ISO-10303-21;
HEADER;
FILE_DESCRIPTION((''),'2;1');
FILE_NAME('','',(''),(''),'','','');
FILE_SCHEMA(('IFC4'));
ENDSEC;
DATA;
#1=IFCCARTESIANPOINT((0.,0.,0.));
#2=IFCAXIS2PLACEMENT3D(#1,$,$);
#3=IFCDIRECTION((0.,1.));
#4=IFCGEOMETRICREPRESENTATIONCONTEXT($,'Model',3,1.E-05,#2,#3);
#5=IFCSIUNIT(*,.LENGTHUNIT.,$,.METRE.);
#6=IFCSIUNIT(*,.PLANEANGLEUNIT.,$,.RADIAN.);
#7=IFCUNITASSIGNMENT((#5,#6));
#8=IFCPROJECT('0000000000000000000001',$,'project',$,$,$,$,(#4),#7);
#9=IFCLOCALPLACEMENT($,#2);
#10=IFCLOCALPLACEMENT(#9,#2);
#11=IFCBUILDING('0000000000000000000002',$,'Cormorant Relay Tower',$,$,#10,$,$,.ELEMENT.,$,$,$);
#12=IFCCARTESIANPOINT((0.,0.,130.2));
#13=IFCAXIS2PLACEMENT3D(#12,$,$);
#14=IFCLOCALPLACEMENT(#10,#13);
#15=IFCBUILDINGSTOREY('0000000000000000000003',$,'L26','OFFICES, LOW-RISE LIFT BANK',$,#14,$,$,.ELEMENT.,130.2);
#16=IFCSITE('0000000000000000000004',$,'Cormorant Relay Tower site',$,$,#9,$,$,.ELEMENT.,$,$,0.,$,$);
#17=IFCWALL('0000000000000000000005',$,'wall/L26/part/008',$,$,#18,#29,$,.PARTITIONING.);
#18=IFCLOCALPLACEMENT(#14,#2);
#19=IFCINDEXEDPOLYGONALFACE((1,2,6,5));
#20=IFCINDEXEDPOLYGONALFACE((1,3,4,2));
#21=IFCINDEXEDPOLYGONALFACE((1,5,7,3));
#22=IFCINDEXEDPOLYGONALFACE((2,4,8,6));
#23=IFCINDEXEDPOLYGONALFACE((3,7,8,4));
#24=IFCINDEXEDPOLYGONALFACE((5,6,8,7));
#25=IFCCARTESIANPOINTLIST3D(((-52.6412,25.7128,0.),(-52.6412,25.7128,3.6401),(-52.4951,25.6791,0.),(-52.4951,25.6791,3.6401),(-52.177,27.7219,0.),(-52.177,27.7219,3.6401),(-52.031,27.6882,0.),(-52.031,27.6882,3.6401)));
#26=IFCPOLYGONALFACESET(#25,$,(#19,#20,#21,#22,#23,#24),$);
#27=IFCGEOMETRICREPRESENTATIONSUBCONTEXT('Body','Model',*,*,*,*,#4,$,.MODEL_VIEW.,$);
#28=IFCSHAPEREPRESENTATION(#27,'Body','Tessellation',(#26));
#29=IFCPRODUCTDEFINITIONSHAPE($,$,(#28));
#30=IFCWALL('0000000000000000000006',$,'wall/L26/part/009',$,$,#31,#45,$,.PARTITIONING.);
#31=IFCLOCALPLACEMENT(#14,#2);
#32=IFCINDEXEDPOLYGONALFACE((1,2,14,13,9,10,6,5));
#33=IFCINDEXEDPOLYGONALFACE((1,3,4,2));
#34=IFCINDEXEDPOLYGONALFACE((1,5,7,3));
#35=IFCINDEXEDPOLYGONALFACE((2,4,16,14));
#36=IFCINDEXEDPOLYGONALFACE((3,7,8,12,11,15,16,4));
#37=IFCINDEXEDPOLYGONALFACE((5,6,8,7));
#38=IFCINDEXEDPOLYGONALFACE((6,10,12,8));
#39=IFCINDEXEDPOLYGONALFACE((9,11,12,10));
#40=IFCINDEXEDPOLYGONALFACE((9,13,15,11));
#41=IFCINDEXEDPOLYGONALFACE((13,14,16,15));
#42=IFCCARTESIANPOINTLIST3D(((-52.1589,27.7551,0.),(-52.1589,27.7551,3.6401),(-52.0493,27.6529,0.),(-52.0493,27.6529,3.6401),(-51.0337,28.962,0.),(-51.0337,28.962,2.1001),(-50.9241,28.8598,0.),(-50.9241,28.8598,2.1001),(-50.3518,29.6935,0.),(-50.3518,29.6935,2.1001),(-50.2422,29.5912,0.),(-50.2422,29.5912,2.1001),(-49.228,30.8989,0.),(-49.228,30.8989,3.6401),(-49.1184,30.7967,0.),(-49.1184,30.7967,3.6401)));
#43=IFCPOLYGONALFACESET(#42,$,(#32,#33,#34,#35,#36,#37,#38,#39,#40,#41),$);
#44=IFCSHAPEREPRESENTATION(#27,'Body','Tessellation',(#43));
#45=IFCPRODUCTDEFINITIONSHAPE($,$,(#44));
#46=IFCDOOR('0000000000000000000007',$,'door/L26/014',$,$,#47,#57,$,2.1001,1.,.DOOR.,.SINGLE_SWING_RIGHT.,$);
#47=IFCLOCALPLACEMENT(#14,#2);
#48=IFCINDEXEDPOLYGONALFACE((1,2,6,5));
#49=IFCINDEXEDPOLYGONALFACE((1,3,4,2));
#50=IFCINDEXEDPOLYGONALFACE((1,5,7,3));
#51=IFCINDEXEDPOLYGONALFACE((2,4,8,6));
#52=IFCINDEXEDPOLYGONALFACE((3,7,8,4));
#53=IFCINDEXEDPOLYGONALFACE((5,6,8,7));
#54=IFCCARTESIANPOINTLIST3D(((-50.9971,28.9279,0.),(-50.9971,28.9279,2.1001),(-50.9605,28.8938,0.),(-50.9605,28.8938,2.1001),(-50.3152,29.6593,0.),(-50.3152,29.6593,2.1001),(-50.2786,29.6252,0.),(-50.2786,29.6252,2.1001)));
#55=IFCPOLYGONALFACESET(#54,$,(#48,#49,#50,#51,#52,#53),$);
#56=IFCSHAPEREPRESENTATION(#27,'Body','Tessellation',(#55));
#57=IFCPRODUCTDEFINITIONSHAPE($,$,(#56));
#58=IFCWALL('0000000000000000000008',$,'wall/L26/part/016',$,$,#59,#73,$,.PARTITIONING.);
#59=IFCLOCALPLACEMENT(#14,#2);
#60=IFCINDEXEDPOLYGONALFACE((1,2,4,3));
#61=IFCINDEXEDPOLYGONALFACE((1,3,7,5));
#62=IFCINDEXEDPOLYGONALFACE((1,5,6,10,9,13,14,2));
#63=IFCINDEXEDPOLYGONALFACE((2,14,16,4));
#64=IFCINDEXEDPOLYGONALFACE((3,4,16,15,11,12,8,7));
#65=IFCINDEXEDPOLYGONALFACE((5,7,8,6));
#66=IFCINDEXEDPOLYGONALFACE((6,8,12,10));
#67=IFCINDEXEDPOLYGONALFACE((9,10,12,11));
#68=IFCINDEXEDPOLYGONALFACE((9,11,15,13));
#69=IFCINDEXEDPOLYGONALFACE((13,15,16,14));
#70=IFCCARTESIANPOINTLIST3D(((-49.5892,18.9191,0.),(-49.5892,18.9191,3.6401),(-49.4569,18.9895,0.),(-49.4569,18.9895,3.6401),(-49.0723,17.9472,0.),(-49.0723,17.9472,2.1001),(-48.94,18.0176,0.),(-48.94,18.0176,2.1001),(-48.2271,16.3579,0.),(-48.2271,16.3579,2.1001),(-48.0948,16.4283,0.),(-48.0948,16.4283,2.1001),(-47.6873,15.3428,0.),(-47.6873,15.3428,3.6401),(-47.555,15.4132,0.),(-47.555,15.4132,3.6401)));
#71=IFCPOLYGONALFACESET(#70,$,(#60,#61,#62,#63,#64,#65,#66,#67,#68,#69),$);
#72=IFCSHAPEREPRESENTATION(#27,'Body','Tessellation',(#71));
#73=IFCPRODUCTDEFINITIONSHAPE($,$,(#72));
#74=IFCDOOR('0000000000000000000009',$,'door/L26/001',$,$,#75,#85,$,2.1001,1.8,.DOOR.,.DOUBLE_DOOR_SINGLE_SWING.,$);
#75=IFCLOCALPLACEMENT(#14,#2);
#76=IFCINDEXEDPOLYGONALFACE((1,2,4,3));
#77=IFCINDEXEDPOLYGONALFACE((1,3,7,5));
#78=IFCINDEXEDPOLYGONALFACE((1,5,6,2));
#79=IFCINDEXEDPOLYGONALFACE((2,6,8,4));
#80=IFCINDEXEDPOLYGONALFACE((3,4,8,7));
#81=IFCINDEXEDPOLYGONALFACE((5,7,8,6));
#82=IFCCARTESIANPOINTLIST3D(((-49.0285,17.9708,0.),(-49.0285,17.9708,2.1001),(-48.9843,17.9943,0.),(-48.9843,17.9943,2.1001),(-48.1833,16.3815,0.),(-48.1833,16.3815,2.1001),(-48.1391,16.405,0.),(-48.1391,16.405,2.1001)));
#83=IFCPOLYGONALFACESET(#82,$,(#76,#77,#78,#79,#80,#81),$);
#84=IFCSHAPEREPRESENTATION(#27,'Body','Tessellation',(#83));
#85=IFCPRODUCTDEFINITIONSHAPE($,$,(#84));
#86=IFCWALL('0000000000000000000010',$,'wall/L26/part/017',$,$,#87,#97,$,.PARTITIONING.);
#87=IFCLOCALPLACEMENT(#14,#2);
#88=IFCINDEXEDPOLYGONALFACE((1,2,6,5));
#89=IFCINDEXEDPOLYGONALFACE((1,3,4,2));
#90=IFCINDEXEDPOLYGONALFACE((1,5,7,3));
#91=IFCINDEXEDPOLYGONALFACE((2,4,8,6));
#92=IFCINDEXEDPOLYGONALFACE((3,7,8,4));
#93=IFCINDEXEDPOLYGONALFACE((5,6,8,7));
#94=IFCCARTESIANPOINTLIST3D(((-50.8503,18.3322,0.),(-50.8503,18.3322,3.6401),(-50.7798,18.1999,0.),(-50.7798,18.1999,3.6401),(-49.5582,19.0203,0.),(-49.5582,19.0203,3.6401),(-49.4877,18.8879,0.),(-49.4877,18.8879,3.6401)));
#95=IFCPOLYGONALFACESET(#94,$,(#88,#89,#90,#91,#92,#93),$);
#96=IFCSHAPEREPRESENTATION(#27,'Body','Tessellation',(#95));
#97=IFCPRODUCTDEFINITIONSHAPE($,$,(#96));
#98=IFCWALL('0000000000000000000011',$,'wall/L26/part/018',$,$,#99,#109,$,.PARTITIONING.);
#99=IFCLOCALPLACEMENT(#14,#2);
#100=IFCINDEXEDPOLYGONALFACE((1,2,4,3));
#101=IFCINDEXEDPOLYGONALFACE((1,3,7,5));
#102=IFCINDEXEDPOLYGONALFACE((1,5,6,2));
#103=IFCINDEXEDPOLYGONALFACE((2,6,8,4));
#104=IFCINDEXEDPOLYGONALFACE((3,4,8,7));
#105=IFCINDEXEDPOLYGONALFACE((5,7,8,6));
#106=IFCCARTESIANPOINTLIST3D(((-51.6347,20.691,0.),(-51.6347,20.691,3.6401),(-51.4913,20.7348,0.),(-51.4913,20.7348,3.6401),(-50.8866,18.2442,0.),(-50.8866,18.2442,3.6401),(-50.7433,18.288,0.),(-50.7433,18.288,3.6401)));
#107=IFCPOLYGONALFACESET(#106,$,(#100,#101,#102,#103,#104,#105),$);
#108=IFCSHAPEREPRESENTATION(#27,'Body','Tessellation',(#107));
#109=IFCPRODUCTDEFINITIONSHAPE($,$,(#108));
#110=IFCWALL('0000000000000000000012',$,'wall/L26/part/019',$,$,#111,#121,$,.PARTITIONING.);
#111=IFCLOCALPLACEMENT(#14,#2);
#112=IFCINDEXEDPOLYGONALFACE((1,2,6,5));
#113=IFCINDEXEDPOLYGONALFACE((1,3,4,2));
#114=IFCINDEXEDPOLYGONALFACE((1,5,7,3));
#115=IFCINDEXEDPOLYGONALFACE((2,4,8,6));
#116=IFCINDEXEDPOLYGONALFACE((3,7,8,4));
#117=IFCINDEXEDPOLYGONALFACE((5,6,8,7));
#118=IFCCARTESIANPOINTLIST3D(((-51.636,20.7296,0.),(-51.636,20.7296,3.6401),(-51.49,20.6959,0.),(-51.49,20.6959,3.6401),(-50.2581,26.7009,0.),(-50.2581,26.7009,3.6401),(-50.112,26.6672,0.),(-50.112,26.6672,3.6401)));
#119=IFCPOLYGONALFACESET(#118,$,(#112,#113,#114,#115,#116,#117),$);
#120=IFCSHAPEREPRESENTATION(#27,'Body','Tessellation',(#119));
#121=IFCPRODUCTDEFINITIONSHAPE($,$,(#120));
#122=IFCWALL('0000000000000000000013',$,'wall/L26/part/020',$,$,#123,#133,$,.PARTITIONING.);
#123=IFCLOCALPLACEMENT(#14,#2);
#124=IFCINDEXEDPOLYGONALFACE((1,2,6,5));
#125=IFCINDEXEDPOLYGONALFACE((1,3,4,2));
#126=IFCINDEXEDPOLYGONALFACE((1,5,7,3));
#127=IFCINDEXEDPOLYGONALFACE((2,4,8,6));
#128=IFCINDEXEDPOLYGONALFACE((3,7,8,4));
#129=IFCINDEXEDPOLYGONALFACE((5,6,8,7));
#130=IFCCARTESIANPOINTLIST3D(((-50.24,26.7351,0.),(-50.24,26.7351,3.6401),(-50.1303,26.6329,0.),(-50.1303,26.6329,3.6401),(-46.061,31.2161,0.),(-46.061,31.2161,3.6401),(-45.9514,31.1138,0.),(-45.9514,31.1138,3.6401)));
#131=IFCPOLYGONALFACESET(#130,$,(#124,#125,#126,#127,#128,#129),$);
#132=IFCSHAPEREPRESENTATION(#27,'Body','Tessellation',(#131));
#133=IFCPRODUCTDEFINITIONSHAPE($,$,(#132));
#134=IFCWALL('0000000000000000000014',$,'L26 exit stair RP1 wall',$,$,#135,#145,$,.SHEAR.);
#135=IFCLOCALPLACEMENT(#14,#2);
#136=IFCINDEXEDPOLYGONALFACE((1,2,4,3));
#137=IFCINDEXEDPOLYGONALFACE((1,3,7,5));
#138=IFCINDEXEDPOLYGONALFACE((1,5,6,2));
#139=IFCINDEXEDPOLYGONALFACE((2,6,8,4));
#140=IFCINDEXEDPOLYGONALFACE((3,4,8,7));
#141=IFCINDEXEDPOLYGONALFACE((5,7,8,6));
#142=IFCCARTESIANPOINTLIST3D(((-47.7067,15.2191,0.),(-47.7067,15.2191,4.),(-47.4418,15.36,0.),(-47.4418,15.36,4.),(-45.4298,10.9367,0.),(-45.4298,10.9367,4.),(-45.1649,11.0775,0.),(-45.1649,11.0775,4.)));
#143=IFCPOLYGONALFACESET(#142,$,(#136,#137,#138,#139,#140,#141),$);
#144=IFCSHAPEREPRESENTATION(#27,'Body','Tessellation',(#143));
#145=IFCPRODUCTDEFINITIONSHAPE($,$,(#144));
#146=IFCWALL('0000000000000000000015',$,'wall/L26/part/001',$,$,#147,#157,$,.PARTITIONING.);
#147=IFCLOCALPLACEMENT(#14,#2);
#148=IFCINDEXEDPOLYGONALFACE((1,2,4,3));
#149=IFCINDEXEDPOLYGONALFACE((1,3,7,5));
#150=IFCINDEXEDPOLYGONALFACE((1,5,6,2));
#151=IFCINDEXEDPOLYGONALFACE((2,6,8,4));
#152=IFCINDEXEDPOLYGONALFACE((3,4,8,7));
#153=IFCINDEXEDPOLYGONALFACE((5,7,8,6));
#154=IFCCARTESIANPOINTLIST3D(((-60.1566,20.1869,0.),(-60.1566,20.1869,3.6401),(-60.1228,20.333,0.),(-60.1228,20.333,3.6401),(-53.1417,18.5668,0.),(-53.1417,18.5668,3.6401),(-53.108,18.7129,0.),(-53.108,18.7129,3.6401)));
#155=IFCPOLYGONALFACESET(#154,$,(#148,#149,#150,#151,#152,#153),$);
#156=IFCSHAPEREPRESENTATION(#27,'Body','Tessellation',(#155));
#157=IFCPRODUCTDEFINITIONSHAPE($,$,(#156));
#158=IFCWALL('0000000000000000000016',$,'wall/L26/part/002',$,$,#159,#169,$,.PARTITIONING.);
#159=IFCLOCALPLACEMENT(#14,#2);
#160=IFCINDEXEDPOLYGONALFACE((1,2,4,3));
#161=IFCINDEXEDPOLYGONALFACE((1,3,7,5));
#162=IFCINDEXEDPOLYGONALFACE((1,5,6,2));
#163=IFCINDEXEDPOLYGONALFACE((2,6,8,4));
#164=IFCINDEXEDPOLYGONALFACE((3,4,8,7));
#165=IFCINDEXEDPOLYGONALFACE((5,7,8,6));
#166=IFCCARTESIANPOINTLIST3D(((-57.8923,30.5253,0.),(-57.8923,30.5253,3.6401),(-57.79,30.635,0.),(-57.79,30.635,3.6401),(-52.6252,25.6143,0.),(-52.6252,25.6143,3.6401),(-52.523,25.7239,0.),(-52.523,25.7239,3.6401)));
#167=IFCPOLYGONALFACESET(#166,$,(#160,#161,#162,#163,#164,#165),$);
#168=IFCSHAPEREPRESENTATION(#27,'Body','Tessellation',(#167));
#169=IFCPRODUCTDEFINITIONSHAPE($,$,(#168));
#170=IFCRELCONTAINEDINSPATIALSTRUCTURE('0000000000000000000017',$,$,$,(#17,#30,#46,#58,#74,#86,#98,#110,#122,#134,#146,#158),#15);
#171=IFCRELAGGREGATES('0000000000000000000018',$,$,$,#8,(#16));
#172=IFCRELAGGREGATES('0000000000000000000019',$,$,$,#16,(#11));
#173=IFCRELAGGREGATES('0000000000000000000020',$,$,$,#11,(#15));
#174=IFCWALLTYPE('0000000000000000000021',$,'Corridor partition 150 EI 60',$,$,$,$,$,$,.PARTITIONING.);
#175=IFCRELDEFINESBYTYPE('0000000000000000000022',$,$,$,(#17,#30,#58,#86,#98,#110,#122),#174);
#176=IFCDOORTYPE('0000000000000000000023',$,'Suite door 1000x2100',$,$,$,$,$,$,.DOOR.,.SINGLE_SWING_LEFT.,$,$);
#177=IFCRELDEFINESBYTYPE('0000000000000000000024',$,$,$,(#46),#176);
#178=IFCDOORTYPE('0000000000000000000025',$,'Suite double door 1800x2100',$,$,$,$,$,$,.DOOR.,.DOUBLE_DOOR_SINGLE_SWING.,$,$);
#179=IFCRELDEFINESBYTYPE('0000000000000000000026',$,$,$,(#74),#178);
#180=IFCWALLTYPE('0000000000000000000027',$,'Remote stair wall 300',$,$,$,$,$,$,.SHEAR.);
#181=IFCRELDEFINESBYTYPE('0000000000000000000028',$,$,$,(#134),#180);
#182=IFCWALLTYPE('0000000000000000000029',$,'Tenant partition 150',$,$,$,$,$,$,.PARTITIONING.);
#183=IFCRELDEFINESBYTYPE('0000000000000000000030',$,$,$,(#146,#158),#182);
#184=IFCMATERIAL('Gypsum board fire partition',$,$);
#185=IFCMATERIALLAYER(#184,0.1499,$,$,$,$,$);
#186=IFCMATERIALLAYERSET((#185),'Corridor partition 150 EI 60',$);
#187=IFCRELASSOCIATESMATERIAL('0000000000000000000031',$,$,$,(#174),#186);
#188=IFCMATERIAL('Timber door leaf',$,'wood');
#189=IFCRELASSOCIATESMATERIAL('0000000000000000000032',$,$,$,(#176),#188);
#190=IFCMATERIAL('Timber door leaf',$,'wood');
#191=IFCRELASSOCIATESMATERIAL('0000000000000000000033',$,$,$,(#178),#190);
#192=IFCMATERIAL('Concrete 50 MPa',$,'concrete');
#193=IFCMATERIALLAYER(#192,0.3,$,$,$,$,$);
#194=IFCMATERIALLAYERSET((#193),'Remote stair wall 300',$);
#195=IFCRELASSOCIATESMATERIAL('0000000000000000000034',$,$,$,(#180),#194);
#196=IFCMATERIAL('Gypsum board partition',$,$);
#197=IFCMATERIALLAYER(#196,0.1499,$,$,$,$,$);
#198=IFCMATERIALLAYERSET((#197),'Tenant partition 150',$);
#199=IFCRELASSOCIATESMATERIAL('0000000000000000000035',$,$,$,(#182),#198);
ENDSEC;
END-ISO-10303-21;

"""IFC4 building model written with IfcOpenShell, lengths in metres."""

from ifc_helpers import new_model, si_unit, direction, frame, frame_2d, origin, place, context, subcontext, project, spatial, rectangle, extrude, material, layer, layer_set, type_object, element, fill, save


model = new_model("IFC4")

# Units and contexts
model_context = context("Model", 3, precision=1e-05, world=origin(), true_north=direction((0.0, 1.0)))
body_context = subcontext(model_context, "Body", "Model", "MODEL_VIEW")
ifc_project = project(units=[si_unit("LENGTHUNIT", "METRE"), si_unit("PLANEANGLEUNIT", "RADIAN")], contexts=[model_context])

# Site, building, storey
site_placement = place(None, origin())
site = spatial("IfcSite", under=ifc_project, at=site_placement, Name="Cormorant Relay Tower site", CompositionType="ELEMENT", RefElevation=0.0)
building_placement = place(site_placement, origin())
building = spatial("IfcBuilding", under=site, at=building_placement, Name="Cormorant Relay Tower", CompositionType="ELEMENT")
storey_placement = place(building_placement, frame((0.0, 0.0, 130.2)))
storey = spatial("IfcBuildingStorey", under=building, at=storey_placement, Name="L26", Description="OFFICES, LOW-RISE LIFT BANK", CompositionType="ELEMENT", Elevation=130.2)

# Shared definitions
ifc_material_1 = material(Name="Gypsum board fire partition")
ifc_layer_1 = layer(ifc_material_1, 0.1499)
ifc_layer_set_1 = layer_set([ifc_layer_1], Name="Corridor partition 150 EI 60")
wall_type_1 = type_object("IfcWallType", Name="Corridor partition 150 EI 60", PredefinedType="PARTITIONING", material=ifc_layer_set_1)
ifc_material_2 = material(Name="Timber door leaf", Category="wood")
door_type_1 = type_object("IfcDoorType", Name="Suite door 1000x2100", OperationType="SINGLE_SWING_LEFT", PredefinedType="DOOR", material=ifc_material_2)

# Wall
wall_1_placement = place(storey_placement, frame((-52.104, 27.7051, 0.0), z_axis=(0.0, 0.0, 1.0), x_axis=(-0.225084, -0.974339, 0.0)))
element("IfcWall", 1, at=wall_1_placement, inside=storey, type_object=wall_type_1, Name="wall/L26/part/008", PredefinedType="PARTITIONING", context=body_context, shape_type="SweptSolid", body=[
    extrude(rectangle(XDim=2.062, YDim=0.1499, at=frame_2d((1.031, 0.0))), origin(), (0.0, 0.0, 1.0), 3.6401),
])

# Walls, openings, doors
wall_2_placement = place(storey_placement, frame((-52.104, 27.7041, 0.0), z_axis=(0.0, 0.0, 1.0), x_axis=(0.681907, 0.731439, 0.0)))
wall_2 = element("IfcWall", 2, at=wall_2_placement, inside=storey, type_object=wall_type_1, Name="wall/L26/part/009", PredefinedType="PARTITIONING", context=body_context, shape_type="SweptSolid", body=[
    extrude(rectangle(XDim=4.2981, YDim=0.1499, at=frame_2d((2.1489, 0.0))), origin(), (0.0, 0.0, 1.0), 3.6401),
])
opening_1_placement = place(wall_2_placement, frame((1.6499, 0.0, 0.0)))
opening_1 = element("IfcOpeningElement", 3, at=opening_1_placement, cuts=wall_2, PredefinedType="OPENING", context=body_context, shape_type="SweptSolid", body=[
    extrude(rectangle(XDim=1.0, YDim=2.1001, at=frame_2d((0.5, 1.05))), frame((0.0, 0.085, 0.0), z_axis=(0.0, -1.0, 0.0), x_axis=(1.0, 0.0, 0.0)), (0.0, 0.0, 1.0), 0.1699),
])
door_1_placement = place(opening_1_placement, origin())
door_1 = element("IfcDoor", 4, at=door_1_placement, inside=storey, type_object=door_type_1, Name="door/L26/014", OperationType="SINGLE_SWING_RIGHT", OverallHeight=2.1001, OverallWidth=1.0, PredefinedType="DOOR", context=body_context, shape_type="SweptSolid", body=[
    extrude(rectangle(XDim=1.0, YDim=2.1001, at=frame_2d((0.5, 1.05))), frame((0.0, 0.0249, 0.0), z_axis=(0.0, -1.0, 0.0), x_axis=(1.0, 0.0, 0.0)), (0.0, 0.0, 1.0), 0.05),
])
fill(opening_1, door_1)
wall_3_placement = place(storey_placement, frame((-47.6211, 15.3779, 0.0), z_axis=(0.0, 0.0, 1.0), x_axis=(-0.469543, 0.88291, 0.0)))
wall_3 = element("IfcWall", 5, at=wall_3_placement, inside=storey, type_object=wall_type_1, Name="wall/L26/part/016", PredefinedType="PARTITIONING", context=body_context, shape_type="SweptSolid", body=[
    extrude(rectangle(XDim=4.0505, YDim=0.1499, at=frame_2d((2.0254, 0.0))), origin(), (0.0, 0.0, 1.0), 3.6401),
])
opening_2_placement = place(wall_3_placement, frame((1.1499, 0.0, 0.0)))
opening_2 = element("IfcOpeningElement", 6, at=opening_2_placement, cuts=wall_3, PredefinedType="OPENING", context=body_context, shape_type="SweptSolid", body=[
    extrude(rectangle(XDim=1.8, YDim=2.1001, at=frame_2d((0.8999, 1.05))), frame((0.0, 0.085, 0.0), z_axis=(0.0, -1.0, 0.0), x_axis=(1.0, 0.0, 0.0)), (0.0, 0.0, 1.0), 0.1699),
])
ifc_material_3 = material(Name="Timber door leaf", Category="wood")
door_type_2 = type_object("IfcDoorType", Name="Suite double door 1800x2100", OperationType="DOUBLE_DOOR_SINGLE_SWING", PredefinedType="DOOR", material=ifc_material_3)
door_2_placement = place(opening_2_placement, frame((1.8, 0.0, 0.0), z_axis=(0.0, 0.0, 1.0), x_axis=(-1.0, 0.0, 0.0)))
door_2 = element("IfcDoor", 7, at=door_2_placement, inside=storey, type_object=door_type_2, Name="door/L26/001", OperationType="DOUBLE_DOOR_SINGLE_SWING", OverallHeight=2.1001, OverallWidth=1.8, PredefinedType="DOOR", context=body_context, shape_type="SweptSolid", body=[
    extrude(rectangle(XDim=1.8, YDim=2.1001, at=frame_2d((0.8999, 1.05))), frame((0.0, 0.0249, 0.0), z_axis=(0.0, -1.0, 0.0), x_axis=(1.0, 0.0, 0.0)), (0.0, 0.0, 1.0), 0.05),
])
fill(opening_2, door_2)

# Walls
wall_4_placement = place(storey_placement, frame((-49.5229, 18.9541, 0.0), z_axis=(0.0, 0.0, 1.0), x_axis=(-0.882657, -0.470017, 0.0)))
element("IfcWall", 8, at=wall_4_placement, inside=storey, type_object=wall_type_1, Name="wall/L26/part/017", PredefinedType="PARTITIONING", context=body_context, shape_type="SweptSolid", body=[
    extrude(rectangle(XDim=1.4639, YDim=0.1499, at=frame_2d((0.7319, 0.0))), origin(), (0.0, 0.0, 1.0), 3.6401),
])
wall_5_placement = place(storey_placement, frame((-50.8149, 18.2661, 0.0), z_axis=(0.0, 0.0, 1.0), x_axis=(-0.292369, 0.956306, 0.0)))
element("IfcWall", 9, at=wall_5_placement, inside=storey, type_object=wall_type_1, Name="wall/L26/part/018", PredefinedType="PARTITIONING", context=body_context, shape_type="SweptSolid", body=[
    extrude(rectangle(XDim=2.5586, YDim=0.1499, at=frame_2d((1.2793, 0.0))), origin(), (0.0, 0.0, 1.0), 3.6401),
])
wall_6_placement = place(storey_placement, frame((-51.563, 20.7129, 0.0), z_axis=(0.0, 0.0, 1.0), x_axis=(0.224854, 0.974393, 0.0)))
element("IfcWall", 10, at=wall_6_placement, inside=storey, type_object=wall_type_1, Name="wall/L26/part/019", PredefinedType="PARTITIONING", context=body_context, shape_type="SweptSolid", body=[
    extrude(rectangle(XDim=6.1282, YDim=0.1499, at=frame_2d((3.064, 0.0))), origin(), (0.0, 0.0, 1.0), 3.6401),
])
wall_7_placement = place(storey_placement, frame((-50.1851, 26.6841, 0.0), z_axis=(0.0, 0.0, 1.0), x_axis=(0.682033, 0.731322, 0.0)))
element("IfcWall", 11, at=wall_7_placement, inside=storey, type_object=wall_type_1, Name="wall/L26/part/020", PredefinedType="PARTITIONING", context=body_context, shape_type="SweptSolid", body=[
    extrude(rectangle(XDim=6.1272, YDim=0.1499, at=frame_2d((3.0635, 0.0))), origin(), (0.0, 0.0, 1.0), 3.6401),
])
ifc_material_4 = material(Name="Concrete 50 MPa", Category="concrete")
ifc_layer_2 = layer(ifc_material_4, 0.3)
ifc_layer_set_2 = layer_set([ifc_layer_2], Name="Remote stair wall 300")
wall_type_2 = type_object("IfcWallType", Name="Remote stair wall 300", PredefinedType="SHEAR", material=ifc_layer_set_2)
wall_8_placement = place(storey_placement, frame((-47.5742, 15.2896, 0.0), z_axis=(0.0, 0.0, 1.0), x_axis=(0.469443, -0.882963, 0.0)))
element("IfcWall", 12, at=wall_8_placement, inside=storey, type_object=wall_type_2, Name="L26 exit stair RP1 wall", PredefinedType="SHEAR", context=body_context, shape_type="SweptSolid", body=[
    extrude(rectangle(XDim=4.8501, YDim=0.3, at=frame_2d((2.425, 0.0))), origin(), (0.0, 0.0, 1.0), 4.0),
])
ifc_material_5 = material(Name="Gypsum board partition")
ifc_layer_3 = layer(ifc_material_5, 0.1499)
ifc_layer_set_3 = layer_set([ifc_layer_3], Name="Tenant partition 150")
wall_type_3 = type_object("IfcWallType", Name="Tenant partition 150", PredefinedType="PARTITIONING", material=ifc_layer_set_3)
wall_9_placement = place(storey_placement, frame((-53.125, 18.6399, 0.0), z_axis=(0.0, 0.0, 1.0), x_axis=(-0.974352, 0.22503, 0.0)))
element("IfcWall", 13, at=wall_9_placement, inside=storey, type_object=wall_type_3, Name="wall/L26/part/001", PredefinedType="PARTITIONING", context=body_context, shape_type="SweptSolid", body=[
    extrude(rectangle(XDim=7.1995, YDim=0.1499, at=frame_2d((3.5996, 0.0))), origin(), (0.0, 0.0, 1.0), 3.6401),
])
wall_10_placement = place(storey_placement, frame((-57.8411, 30.5801, 0.0), z_axis=(0.0, 0.0, 1.0), x_axis=(0.731389, -0.681961, 0.0)))
element("IfcWall", 14, at=wall_10_placement, inside=storey, type_object=wall_type_3, Name="wall/L26/part/002", PredefinedType="PARTITIONING", context=body_context, shape_type="SweptSolid", body=[
    extrude(rectangle(XDim=7.2014, YDim=0.1499, at=frame_2d((3.6006, 0.0))), origin(), (0.0, 0.0, 1.0), 3.6401),
])

save(model, "model.ifc")
